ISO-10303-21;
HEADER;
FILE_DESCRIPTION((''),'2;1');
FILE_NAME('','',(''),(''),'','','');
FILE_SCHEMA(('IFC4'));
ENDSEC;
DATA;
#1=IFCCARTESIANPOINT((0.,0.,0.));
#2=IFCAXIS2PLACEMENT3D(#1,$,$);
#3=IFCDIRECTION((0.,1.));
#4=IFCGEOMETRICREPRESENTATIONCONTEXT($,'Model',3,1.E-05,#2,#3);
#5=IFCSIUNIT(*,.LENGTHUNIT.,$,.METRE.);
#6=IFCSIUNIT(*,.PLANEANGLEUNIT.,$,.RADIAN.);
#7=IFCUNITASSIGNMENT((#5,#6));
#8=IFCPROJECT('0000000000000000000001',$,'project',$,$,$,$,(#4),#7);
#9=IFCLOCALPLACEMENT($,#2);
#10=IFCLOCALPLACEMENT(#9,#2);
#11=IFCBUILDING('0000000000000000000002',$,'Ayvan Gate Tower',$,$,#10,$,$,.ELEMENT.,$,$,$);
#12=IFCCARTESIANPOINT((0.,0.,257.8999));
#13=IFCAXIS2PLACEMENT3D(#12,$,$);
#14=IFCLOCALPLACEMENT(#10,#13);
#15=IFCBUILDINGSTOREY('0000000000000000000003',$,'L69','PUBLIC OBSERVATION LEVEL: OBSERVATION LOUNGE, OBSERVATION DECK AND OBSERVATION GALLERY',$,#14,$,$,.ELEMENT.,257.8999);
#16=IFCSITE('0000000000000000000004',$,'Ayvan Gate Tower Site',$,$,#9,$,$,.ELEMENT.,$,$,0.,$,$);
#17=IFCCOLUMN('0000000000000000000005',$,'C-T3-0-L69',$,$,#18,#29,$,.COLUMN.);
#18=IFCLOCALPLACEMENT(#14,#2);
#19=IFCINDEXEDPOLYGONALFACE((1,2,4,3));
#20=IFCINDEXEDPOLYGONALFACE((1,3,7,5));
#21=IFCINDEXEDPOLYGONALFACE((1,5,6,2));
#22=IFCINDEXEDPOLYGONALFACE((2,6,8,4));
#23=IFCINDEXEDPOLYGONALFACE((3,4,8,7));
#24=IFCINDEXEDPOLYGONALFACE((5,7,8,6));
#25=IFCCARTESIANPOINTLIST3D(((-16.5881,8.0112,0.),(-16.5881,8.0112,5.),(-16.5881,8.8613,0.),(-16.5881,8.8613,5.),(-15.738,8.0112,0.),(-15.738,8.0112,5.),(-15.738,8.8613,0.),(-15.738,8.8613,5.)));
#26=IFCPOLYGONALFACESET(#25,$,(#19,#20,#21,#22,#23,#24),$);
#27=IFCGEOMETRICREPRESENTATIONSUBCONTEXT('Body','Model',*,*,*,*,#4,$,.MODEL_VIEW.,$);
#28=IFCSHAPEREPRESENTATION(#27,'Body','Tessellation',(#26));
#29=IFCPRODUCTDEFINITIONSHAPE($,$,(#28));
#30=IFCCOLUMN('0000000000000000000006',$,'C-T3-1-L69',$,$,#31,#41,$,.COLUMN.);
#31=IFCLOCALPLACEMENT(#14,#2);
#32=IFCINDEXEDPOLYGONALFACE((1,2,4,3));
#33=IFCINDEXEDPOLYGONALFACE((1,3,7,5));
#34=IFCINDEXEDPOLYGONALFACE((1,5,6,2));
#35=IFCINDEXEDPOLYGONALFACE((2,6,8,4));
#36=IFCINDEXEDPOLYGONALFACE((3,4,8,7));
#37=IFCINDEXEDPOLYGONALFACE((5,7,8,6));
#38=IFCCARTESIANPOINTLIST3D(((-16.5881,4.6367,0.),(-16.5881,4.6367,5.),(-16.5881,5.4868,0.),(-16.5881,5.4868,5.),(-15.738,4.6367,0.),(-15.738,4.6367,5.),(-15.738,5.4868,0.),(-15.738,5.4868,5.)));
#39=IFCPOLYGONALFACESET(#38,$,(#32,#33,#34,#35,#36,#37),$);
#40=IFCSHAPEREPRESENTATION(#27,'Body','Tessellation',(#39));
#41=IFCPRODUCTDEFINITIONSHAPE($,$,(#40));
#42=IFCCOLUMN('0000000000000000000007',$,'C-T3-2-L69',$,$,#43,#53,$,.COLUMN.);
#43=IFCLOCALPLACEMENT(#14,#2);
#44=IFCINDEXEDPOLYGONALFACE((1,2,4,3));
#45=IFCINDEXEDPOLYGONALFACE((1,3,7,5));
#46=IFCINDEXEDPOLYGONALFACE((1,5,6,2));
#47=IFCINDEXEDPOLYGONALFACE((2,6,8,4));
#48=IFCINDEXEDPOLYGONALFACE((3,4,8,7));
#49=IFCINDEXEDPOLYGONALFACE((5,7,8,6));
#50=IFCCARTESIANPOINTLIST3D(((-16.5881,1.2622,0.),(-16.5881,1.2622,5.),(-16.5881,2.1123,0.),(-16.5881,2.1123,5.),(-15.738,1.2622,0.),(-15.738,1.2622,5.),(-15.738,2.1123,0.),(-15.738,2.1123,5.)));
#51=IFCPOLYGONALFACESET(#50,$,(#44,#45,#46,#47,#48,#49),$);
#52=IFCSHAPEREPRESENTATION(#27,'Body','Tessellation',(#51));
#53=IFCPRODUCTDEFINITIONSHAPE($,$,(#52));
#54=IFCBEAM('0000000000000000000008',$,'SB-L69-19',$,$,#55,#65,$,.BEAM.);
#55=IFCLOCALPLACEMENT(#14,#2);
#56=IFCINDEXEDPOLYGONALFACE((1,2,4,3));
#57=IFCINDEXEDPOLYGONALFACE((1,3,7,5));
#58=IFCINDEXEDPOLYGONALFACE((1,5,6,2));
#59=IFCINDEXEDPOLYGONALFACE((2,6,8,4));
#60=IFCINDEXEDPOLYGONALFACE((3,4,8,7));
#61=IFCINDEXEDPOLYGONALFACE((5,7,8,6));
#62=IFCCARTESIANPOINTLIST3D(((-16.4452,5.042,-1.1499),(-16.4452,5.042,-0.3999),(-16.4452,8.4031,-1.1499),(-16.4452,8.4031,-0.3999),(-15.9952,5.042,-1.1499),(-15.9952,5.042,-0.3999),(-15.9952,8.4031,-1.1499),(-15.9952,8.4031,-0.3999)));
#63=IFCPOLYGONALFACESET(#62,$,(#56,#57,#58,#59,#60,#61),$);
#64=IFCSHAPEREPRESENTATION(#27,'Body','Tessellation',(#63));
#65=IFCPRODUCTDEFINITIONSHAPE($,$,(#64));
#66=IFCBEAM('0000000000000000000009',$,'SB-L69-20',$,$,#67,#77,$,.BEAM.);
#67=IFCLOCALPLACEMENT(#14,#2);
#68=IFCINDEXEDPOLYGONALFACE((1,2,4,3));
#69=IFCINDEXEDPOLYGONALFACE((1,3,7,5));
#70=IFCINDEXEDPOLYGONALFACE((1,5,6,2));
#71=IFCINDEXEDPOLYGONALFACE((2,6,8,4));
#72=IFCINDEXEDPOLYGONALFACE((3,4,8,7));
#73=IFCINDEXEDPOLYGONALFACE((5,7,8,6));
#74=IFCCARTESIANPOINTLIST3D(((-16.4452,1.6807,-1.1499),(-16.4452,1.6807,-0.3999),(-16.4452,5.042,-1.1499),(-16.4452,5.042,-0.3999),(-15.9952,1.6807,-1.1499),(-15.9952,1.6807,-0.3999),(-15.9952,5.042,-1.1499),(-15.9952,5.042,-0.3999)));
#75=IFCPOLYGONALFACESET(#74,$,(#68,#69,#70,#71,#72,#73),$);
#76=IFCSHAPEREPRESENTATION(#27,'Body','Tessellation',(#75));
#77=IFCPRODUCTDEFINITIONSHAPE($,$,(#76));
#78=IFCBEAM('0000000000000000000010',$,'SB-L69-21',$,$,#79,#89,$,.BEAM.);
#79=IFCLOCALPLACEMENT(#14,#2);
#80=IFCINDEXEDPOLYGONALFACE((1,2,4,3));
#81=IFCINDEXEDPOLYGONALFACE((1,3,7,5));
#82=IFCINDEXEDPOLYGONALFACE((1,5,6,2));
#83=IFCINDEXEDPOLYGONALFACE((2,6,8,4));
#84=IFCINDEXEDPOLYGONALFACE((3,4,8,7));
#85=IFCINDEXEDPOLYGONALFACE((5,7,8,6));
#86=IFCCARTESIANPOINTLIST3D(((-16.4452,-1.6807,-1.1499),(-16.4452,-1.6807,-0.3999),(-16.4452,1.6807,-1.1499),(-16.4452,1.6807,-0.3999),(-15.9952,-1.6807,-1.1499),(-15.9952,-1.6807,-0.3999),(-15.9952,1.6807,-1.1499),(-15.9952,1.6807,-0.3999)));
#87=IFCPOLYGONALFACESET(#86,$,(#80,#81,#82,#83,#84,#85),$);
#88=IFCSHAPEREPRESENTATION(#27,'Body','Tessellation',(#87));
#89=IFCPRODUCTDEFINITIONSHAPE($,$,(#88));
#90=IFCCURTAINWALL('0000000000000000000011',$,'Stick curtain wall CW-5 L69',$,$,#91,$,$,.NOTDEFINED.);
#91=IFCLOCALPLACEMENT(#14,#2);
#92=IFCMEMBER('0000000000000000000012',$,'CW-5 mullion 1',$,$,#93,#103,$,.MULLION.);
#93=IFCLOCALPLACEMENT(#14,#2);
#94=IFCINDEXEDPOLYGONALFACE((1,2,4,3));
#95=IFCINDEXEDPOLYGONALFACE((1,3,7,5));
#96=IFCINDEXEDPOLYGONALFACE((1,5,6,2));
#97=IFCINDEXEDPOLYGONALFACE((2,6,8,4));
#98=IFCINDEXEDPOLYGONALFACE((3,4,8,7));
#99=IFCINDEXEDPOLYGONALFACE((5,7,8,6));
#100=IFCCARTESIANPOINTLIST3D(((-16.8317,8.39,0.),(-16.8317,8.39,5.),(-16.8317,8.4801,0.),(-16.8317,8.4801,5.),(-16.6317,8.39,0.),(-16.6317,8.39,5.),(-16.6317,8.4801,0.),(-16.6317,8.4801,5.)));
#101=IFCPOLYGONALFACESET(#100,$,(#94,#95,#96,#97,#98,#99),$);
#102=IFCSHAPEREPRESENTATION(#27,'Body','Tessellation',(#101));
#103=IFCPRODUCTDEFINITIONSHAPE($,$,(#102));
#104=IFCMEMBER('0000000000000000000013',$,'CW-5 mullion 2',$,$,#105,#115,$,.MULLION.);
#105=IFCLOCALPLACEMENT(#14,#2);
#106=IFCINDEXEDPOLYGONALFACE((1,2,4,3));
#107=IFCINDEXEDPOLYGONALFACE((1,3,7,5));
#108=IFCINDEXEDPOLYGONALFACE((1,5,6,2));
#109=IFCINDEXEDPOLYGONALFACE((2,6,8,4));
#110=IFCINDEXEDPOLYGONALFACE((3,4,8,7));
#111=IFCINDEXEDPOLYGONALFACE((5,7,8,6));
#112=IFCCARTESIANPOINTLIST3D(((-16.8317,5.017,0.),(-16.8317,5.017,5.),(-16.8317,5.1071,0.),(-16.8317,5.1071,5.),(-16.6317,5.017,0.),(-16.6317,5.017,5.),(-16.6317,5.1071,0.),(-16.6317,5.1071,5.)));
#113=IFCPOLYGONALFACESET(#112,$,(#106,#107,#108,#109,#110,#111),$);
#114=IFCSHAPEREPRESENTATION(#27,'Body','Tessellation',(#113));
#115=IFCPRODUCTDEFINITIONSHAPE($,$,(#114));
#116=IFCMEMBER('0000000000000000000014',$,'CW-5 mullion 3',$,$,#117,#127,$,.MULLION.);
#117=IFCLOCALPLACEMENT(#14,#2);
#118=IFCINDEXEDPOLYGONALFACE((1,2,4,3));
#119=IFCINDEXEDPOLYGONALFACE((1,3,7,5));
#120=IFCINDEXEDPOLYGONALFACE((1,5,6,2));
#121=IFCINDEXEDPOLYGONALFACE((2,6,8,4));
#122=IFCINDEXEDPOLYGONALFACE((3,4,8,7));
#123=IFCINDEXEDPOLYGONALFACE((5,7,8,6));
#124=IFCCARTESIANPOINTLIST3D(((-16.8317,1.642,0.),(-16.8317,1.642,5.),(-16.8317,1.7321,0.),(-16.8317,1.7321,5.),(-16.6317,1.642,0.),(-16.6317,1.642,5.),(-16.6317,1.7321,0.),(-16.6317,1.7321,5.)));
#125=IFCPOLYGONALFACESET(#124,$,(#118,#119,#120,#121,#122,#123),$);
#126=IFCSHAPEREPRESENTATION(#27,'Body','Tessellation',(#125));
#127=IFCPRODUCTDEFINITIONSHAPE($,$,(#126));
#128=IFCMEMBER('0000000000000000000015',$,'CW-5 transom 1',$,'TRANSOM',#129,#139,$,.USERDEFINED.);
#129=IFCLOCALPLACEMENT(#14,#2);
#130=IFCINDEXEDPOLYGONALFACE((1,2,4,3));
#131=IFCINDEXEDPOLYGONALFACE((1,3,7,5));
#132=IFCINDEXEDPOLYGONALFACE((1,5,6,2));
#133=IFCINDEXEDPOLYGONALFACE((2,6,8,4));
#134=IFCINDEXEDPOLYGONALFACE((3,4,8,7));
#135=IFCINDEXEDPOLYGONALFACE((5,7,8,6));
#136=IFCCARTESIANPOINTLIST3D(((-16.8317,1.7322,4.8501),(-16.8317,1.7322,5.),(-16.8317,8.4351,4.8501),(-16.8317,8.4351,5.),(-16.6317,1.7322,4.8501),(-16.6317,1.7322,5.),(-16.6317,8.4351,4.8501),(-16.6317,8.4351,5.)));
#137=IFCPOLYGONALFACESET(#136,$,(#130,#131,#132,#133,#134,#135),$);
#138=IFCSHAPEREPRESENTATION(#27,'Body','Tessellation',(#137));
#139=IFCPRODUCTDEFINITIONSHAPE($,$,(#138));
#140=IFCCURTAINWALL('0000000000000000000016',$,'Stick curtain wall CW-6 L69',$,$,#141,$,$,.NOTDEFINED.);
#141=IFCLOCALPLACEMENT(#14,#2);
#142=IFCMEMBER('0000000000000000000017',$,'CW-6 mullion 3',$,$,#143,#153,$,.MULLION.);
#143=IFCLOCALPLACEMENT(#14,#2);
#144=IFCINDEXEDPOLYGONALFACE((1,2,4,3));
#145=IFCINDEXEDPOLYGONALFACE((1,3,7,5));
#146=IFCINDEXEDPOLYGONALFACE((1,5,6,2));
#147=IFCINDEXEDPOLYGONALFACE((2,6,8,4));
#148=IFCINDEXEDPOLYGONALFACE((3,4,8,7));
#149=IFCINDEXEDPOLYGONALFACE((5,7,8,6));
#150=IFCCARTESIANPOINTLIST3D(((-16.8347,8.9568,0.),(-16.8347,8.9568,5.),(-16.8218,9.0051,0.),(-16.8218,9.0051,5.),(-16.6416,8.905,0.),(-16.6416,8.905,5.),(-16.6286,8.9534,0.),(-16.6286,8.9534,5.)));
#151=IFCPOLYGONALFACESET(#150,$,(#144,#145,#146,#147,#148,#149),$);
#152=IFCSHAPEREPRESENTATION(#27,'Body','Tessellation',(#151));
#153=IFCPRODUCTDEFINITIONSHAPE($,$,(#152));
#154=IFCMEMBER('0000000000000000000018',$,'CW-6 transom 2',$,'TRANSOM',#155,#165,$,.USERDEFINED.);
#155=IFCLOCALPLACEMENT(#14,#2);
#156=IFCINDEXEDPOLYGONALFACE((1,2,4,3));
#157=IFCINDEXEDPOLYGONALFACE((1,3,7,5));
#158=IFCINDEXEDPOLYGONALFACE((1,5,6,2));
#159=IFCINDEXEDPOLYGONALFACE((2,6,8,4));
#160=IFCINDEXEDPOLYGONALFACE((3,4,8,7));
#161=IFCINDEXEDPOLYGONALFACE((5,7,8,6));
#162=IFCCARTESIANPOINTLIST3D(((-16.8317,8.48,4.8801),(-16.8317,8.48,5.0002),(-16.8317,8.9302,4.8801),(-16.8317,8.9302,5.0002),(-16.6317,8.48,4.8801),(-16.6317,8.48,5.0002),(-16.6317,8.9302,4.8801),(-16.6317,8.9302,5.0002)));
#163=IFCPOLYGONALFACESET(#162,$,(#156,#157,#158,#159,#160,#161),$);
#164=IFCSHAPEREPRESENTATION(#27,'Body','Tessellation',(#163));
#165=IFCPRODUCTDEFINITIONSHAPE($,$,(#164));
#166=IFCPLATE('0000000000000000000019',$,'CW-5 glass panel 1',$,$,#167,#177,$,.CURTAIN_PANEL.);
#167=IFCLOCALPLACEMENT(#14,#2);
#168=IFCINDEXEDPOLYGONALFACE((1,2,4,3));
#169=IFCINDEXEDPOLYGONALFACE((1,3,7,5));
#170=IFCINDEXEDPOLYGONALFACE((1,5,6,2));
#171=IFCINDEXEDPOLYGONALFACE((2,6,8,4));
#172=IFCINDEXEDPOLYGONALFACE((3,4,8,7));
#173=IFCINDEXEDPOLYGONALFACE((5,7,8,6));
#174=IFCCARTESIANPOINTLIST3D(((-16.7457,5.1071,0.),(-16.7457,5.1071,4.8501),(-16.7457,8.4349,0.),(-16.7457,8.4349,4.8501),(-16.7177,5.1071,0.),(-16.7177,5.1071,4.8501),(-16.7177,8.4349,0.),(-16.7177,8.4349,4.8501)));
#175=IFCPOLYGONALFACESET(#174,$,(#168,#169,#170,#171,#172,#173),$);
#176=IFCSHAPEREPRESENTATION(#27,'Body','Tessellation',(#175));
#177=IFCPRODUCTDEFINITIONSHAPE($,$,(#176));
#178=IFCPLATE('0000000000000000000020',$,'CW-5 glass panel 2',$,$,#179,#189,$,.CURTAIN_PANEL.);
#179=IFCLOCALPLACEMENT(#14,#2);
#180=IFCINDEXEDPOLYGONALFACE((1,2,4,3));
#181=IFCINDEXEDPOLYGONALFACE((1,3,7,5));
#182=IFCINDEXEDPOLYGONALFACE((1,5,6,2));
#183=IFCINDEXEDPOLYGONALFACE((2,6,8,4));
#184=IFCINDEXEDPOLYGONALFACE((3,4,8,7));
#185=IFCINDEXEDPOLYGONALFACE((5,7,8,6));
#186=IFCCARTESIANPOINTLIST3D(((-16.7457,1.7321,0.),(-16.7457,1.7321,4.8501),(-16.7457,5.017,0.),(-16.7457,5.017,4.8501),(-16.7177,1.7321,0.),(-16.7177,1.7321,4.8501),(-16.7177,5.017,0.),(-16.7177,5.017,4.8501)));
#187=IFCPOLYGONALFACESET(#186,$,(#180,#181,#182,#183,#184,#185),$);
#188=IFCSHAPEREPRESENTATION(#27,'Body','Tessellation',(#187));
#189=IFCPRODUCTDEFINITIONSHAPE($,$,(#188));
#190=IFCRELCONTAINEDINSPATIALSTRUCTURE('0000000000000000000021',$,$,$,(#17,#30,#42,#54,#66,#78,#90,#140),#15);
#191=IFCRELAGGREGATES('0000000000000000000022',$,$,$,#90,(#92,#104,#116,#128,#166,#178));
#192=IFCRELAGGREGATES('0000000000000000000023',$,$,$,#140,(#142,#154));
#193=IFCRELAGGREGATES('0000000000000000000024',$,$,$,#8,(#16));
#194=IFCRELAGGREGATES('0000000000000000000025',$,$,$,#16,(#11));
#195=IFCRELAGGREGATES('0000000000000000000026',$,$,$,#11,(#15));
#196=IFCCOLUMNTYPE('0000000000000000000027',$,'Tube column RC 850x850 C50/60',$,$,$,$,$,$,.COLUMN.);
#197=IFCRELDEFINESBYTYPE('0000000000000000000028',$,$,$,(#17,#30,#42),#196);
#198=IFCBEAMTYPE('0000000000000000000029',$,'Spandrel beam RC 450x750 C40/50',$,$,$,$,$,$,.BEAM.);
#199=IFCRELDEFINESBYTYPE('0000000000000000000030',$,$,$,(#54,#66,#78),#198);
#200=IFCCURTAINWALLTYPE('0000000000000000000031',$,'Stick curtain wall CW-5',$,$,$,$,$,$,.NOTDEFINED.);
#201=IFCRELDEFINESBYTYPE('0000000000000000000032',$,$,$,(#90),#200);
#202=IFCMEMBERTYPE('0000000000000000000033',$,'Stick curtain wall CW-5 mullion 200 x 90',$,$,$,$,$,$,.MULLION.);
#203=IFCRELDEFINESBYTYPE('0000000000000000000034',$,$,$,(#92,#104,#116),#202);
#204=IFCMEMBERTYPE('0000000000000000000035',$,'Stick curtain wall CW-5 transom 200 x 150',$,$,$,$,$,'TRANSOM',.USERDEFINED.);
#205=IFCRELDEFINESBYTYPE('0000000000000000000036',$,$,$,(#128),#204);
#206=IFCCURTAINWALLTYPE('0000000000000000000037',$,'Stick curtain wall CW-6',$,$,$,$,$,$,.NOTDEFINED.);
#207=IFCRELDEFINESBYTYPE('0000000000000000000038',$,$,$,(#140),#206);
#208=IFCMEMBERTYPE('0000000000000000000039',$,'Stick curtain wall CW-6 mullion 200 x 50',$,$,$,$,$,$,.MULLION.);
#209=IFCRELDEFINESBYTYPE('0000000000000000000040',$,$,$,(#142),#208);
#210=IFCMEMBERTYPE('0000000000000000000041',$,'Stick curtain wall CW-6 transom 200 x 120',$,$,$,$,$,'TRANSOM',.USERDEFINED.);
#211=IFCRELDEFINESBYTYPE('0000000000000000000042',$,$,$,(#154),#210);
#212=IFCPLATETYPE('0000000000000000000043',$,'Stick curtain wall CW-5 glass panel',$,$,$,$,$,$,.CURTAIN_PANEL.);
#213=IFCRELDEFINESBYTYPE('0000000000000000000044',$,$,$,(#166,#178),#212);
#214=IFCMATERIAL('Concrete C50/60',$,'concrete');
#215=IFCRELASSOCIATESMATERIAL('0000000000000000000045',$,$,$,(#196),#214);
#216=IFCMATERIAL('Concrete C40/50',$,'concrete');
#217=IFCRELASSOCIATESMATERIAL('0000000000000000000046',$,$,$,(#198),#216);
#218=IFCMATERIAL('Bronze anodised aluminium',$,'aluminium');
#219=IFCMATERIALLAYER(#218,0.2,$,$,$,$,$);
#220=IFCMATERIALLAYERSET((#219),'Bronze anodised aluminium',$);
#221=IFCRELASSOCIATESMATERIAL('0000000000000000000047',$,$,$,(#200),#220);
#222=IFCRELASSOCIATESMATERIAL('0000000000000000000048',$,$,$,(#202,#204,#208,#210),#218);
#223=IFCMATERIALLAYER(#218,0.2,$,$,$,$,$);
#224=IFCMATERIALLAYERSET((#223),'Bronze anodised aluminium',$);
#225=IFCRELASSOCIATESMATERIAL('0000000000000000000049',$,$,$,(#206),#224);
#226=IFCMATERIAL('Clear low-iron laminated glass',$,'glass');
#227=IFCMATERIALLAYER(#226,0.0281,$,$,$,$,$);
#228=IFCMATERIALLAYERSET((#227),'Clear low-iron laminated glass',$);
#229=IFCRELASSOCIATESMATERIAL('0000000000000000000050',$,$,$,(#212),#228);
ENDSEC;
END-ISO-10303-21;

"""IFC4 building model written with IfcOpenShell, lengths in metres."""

from ifc_helpers import new_model, si_unit, direction, frame, origin, origin_2d, place, context, subcontext, project, spatial, rectangle, extrude, material, layer, layer_set, material_profile, profile_set, type_object, element, aggregate, save


model = new_model("IFC4")

# Units and contexts
model_context = context("Model", 3, precision=1e-05, world=origin(), true_north=direction((0.0, 1.0)))
body_context = subcontext(model_context, "Body", "Model", "MODEL_VIEW")
ifc_project = project(units=[si_unit("LENGTHUNIT", "METRE"), si_unit("PLANEANGLEUNIT", "RADIAN")], contexts=[model_context])

# Site, building, storey
site_placement = place(None, origin())
site = spatial("IfcSite", under=ifc_project, at=site_placement, Name="Ayvan Gate Tower Site", CompositionType="ELEMENT", RefElevation=0.0)
building_placement = place(site_placement, origin())
building = spatial("IfcBuilding", under=site, at=building_placement, Name="Ayvan Gate Tower", CompositionType="ELEMENT")
storey_placement = place(building_placement, frame((0.0, 0.0, 257.8999)))
storey = spatial("IfcBuildingStorey", under=building, at=storey_placement, Name="L69", Description="PUBLIC OBSERVATION LEVEL: OBSERVATION LOUNGE, OBSERVATION DECK AND OBSERVATION GALLERY", CompositionType="ELEMENT", Elevation=257.8999)

# Columns
ifc_material_1 = material(Name="Concrete C50/60", Category="concrete")
ifc_material_profile_1 = material_profile(ifc_material_1, rectangle(XDim=0.8501, YDim=0.8501, at=origin_2d()), Name="RC 850x850")
ifc_profile_set_1 = profile_set([ifc_material_profile_1], Name="Concrete C50/60")
column_type = type_object("IfcColumnType", Name="Tube column RC 850x850 C50/60", PredefinedType="COLUMN", material=ifc_profile_set_1)
for number, where, z_axis, x_axis, name in (
    (1, (-16.1631, 8.4363, 0.0), (0.0, 0.0, 1.0), (-1.0, 0.0, 0.0), "C-T3-0-L69"),
    (2, (-16.1631, 5.0618, 0.0), (0.0, 0.0, 1.0), (-1.0, 0.0, 0.0), "C-T3-1-L69"),
    (3, (-16.1631, 1.6873, 0.0), (0.0, 0.0, 1.0), (-1.0, 0.0, 0.0), "C-T3-2-L69"),
):
    element("IfcColumn", number, at=place(storey_placement, frame(where, z_axis=z_axis, x_axis=x_axis)), inside=storey, type_object=column_type, Name=name, PredefinedType="COLUMN", context=body_context, shape_type="SweptSolid", body=[
        extrude(rectangle(XDim=0.8501, YDim=0.8501, at=origin_2d()), origin(), (0.0, 0.0, 1.0), 5.0),
    ])

# Beams
ifc_material_2 = material(Name="Concrete C40/50", Category="concrete")
ifc_material_profile_2 = material_profile(ifc_material_2, rectangle(XDim=0.45, YDim=0.75, at=origin_2d()), Name="RC 450x750")
ifc_profile_set_2 = profile_set([ifc_material_profile_2], Name="Concrete C40/50")
beam_type = type_object("IfcBeamType", Name="Spandrel beam RC 450x750 C40/50", PredefinedType="BEAM", material=ifc_profile_set_2)
beam_placement = place(storey_placement, frame((-16.2202, 8.4031, -0.7749), z_axis=(0.0, -1.0, 0.0), x_axis=(1.0, 0.0, 0.0)))
element("IfcBeam", 4, at=beam_placement, inside=storey, type_object=beam_type, Name="SB-L69-19", PredefinedType="BEAM", context=body_context, shape_type="SweptSolid", body=[
    extrude(rectangle(XDim=0.45, YDim=0.75, at=origin_2d()), origin(), (0.0, 0.0, 1.0), 3.3611),
])
for number, where, z_axis, x_axis, name in (
    (5, (-16.2202, 5.042, -0.7749), (0.0, -1.0, 0.0), (1.0, 0.0, 0.0), "SB-L69-20"),
    (6, (-16.2202, 1.6807, -0.7749), (0.0, -1.0, 0.0), (1.0, 0.0, 0.0), "SB-L69-21"),
):
    element("IfcBeam", number, at=place(storey_placement, frame(where, z_axis=z_axis, x_axis=x_axis)), inside=storey, type_object=beam_type, Name=name, PredefinedType="BEAM", context=body_context, shape_type="SweptSolid", body=[
        extrude(rectangle(XDim=0.45, YDim=0.75, at=origin_2d()), origin(), (0.0, 0.0, 1.0), 3.3613),
    ])

# Curtain walls, members
ifc_material_3 = material(Name="Bronze anodised aluminium", Category="aluminium")
ifc_layer_1 = layer(ifc_material_3, 0.2)
ifc_layer_set_1 = layer_set([ifc_layer_1], Name="Bronze anodised aluminium")
curtain_wall_type_1 = type_object("IfcCurtainWallType", Name="Stick curtain wall CW-5", PredefinedType="NOTDEFINED", material=ifc_layer_set_1)
curtain_wall_1_placement = place(storey_placement, origin())
curtain_wall_1 = element("IfcCurtainWall", 7, at=curtain_wall_1_placement, inside=storey, type_object=curtain_wall_type_1, Name="Stick curtain wall CW-5 L69", PredefinedType="NOTDEFINED")
ifc_material_profile_3 = material_profile(ifc_material_3, rectangle(XDim=0.2, YDim=0.0901, at=origin_2d()), Name="Stick curtain wall CW-5 mullion 200 x 90")
ifc_profile_set_3 = profile_set([ifc_material_profile_3], Name="Bronze anodised aluminium")
member_type_1 = type_object("IfcMemberType", Name="Stick curtain wall CW-5 mullion 200 x 90", PredefinedType="MULLION", material=ifc_profile_set_3)
member_1_placement = place(storey_placement, frame((-16.7317, 8.4351, 0.0), z_axis=(0.0, 0.0, 1.0), x_axis=(-1.0, 0.0, 0.0)))
member_1 = element("IfcMember", 8, at=member_1_placement, type_object=member_type_1, Name="CW-5 mullion 1", PredefinedType="MULLION", context=body_context, shape_type="SweptSolid", body=[
    extrude(rectangle(XDim=0.2, YDim=0.0901, at=origin_2d()), origin(), (0.0, 0.0, 1.0), 5.0),
])
member_2_placement = place(storey_placement, frame((-16.7317, 5.062, 0.0), z_axis=(0.0, 0.0, 1.0), x_axis=(-1.0, 0.0, 0.0)))
member_2 = element("IfcMember", 9, at=member_2_placement, type_object=member_type_1, Name="CW-5 mullion 2", PredefinedType="MULLION", context=body_context, shape_type="SweptSolid", body=[
    extrude(rectangle(XDim=0.2, YDim=0.0901, at=origin_2d()), origin(), (0.0, 0.0, 1.0), 5.0),
])
member_3_placement = place(storey_placement, frame((-16.7317, 1.687, 0.0), z_axis=(0.0, 0.0, 1.0), x_axis=(-1.0, 0.0, 0.0)))
member_3 = element("IfcMember", 10, at=member_3_placement, type_object=member_type_1, Name="CW-5 mullion 3", PredefinedType="MULLION", context=body_context, shape_type="SweptSolid", body=[
    extrude(rectangle(XDim=0.2, YDim=0.0901, at=origin_2d()), origin(), (0.0, 0.0, 1.0), 5.0),
])
ifc_material_profile_4 = material_profile(ifc_material_3, rectangle(XDim=0.2, YDim=0.1499, at=origin_2d()), Name="Stick curtain wall CW-5 transom 200 x 150")
ifc_profile_set_4 = profile_set([ifc_material_profile_4], Name="Bronze anodised aluminium")
member_type_2 = type_object("IfcMemberType", Name="Stick curtain wall CW-5 transom 200 x 150", ElementType="TRANSOM", PredefinedType="USERDEFINED", material=ifc_profile_set_4)
member_4_placement = place(storey_placement, frame((-16.7317, 8.4351, 4.925), z_axis=(0.0, -1.0, 0.0), x_axis=(1.0, 0.0, 0.0)))
member_4 = element("IfcMember", 11, at=member_4_placement, type_object=member_type_2, Name="CW-5 transom 1", ObjectType="TRANSOM", PredefinedType="USERDEFINED", context=body_context, shape_type="SweptSolid", body=[
    extrude(rectangle(XDim=0.2, YDim=0.1499, at=origin_2d()), origin(), (0.0, 0.0, 1.0), 6.7029),
])
ifc_layer_2 = layer(ifc_material_3, 0.2)
ifc_layer_set_2 = layer_set([ifc_layer_2], Name="Bronze anodised aluminium")
curtain_wall_type_2 = type_object("IfcCurtainWallType", Name="Stick curtain wall CW-6", PredefinedType="NOTDEFINED", material=ifc_layer_set_2)
curtain_wall_2_placement = place(storey_placement, origin())
curtain_wall_2 = element("IfcCurtainWall", 12, at=curtain_wall_2_placement, inside=storey, type_object=curtain_wall_type_2, Name="Stick curtain wall CW-6 L69", PredefinedType="NOTDEFINED")
ifc_material_profile_5 = material_profile(ifc_material_3, rectangle(XDim=0.2, YDim=0.05, at=origin_2d()), Name="Stick curtain wall CW-6 mullion 200 x 50")
ifc_profile_set_5 = profile_set([ifc_material_profile_5], Name="Bronze anodised aluminium")
member_type_3 = type_object("IfcMemberType", Name="Stick curtain wall CW-6 mullion 200 x 50", PredefinedType="MULLION", material=ifc_profile_set_5)
member_5_placement = place(storey_placement, frame((-16.7317, 8.9551, 0.0), z_axis=(0.0, 0.0, 1.0), x_axis=(-0.965926, 0.258819, 0.0)))
member_5 = element("IfcMember", 13, at=member_5_placement, type_object=member_type_3, Name="CW-6 mullion 3", PredefinedType="MULLION", context=body_context, shape_type="SweptSolid", body=[
    extrude(rectangle(XDim=0.2, YDim=0.05, at=origin_2d()), origin(), (0.0, 0.0, 1.0), 5.0),
])
ifc_material_profile_6 = material_profile(ifc_material_3, rectangle(XDim=0.2, YDim=0.1201, at=origin_2d()), Name="Stick curtain wall CW-6 transom 200 x 120")
ifc_profile_set_6 = profile_set([ifc_material_profile_6], Name="Bronze anodised aluminium")
member_type_4 = type_object("IfcMemberType", Name="Stick curtain wall CW-6 transom 200 x 120", ElementType="TRANSOM", PredefinedType="USERDEFINED", material=ifc_profile_set_6)
member_6_placement = place(storey_placement, frame((-16.7317, 8.9302, 4.9402), z_axis=(0.0, -1.0, 0.0), x_axis=(1.0, 0.0, 0.0)))
member_6 = element("IfcMember", 14, at=member_6_placement, type_object=member_type_4, Name="CW-6 transom 2", ObjectType="TRANSOM", PredefinedType="USERDEFINED", context=body_context, shape_type="SweptSolid", body=[
    extrude(rectangle(XDim=0.2, YDim=0.1201, at=origin_2d()), origin(), (0.0, 0.0, 1.0), 0.4502),
])

# Plates
ifc_material_4 = material(Name="Clear low-iron laminated glass", Category="glass")
ifc_layer_3 = layer(ifc_material_4, 0.0281)
ifc_layer_set_3 = layer_set([ifc_layer_3], Name="Clear low-iron laminated glass")
plate_type_1 = type_object("IfcPlateType", Name="Stick curtain wall CW-5 glass panel", PredefinedType="CURTAIN_PANEL", material=ifc_layer_set_3)
plate_1_placement = place(storey_placement, frame((-16.7317, 6.771, 0.0), z_axis=(0.0, 0.0, 1.0), x_axis=(0.0, -1.0, 0.0)))
plate_1 = element("IfcPlate", 15, at=plate_1_placement, type_object=plate_type_1, Name="CW-5 glass panel 1", PredefinedType="CURTAIN_PANEL", context=body_context, shape_type="SweptSolid", body=[
    extrude(rectangle(XDim=3.3279, YDim=0.0281, at=origin_2d()), origin(), (0.0, 0.0, 1.0), 4.8501),
])
plate_2_placement = place(storey_placement, frame((-16.7317, 3.3745, 0.0), z_axis=(0.0, 0.0, 1.0), x_axis=(0.0, -1.0, 0.0)))
plate_2 = element("IfcPlate", 16, at=plate_2_placement, type_object=plate_type_1, Name="CW-5 glass panel 2", PredefinedType="CURTAIN_PANEL", context=body_context, shape_type="SweptSolid", body=[
    extrude(rectangle(XDim=3.2849, YDim=0.0281, at=origin_2d()), origin(), (0.0, 0.0, 1.0), 4.8501),
])
aggregate(curtain_wall_1, [member_1, member_2, member_3, member_4, plate_1, plate_2])
aggregate(curtain_wall_2, [member_5, member_6])

save(model, "model.ifc")
